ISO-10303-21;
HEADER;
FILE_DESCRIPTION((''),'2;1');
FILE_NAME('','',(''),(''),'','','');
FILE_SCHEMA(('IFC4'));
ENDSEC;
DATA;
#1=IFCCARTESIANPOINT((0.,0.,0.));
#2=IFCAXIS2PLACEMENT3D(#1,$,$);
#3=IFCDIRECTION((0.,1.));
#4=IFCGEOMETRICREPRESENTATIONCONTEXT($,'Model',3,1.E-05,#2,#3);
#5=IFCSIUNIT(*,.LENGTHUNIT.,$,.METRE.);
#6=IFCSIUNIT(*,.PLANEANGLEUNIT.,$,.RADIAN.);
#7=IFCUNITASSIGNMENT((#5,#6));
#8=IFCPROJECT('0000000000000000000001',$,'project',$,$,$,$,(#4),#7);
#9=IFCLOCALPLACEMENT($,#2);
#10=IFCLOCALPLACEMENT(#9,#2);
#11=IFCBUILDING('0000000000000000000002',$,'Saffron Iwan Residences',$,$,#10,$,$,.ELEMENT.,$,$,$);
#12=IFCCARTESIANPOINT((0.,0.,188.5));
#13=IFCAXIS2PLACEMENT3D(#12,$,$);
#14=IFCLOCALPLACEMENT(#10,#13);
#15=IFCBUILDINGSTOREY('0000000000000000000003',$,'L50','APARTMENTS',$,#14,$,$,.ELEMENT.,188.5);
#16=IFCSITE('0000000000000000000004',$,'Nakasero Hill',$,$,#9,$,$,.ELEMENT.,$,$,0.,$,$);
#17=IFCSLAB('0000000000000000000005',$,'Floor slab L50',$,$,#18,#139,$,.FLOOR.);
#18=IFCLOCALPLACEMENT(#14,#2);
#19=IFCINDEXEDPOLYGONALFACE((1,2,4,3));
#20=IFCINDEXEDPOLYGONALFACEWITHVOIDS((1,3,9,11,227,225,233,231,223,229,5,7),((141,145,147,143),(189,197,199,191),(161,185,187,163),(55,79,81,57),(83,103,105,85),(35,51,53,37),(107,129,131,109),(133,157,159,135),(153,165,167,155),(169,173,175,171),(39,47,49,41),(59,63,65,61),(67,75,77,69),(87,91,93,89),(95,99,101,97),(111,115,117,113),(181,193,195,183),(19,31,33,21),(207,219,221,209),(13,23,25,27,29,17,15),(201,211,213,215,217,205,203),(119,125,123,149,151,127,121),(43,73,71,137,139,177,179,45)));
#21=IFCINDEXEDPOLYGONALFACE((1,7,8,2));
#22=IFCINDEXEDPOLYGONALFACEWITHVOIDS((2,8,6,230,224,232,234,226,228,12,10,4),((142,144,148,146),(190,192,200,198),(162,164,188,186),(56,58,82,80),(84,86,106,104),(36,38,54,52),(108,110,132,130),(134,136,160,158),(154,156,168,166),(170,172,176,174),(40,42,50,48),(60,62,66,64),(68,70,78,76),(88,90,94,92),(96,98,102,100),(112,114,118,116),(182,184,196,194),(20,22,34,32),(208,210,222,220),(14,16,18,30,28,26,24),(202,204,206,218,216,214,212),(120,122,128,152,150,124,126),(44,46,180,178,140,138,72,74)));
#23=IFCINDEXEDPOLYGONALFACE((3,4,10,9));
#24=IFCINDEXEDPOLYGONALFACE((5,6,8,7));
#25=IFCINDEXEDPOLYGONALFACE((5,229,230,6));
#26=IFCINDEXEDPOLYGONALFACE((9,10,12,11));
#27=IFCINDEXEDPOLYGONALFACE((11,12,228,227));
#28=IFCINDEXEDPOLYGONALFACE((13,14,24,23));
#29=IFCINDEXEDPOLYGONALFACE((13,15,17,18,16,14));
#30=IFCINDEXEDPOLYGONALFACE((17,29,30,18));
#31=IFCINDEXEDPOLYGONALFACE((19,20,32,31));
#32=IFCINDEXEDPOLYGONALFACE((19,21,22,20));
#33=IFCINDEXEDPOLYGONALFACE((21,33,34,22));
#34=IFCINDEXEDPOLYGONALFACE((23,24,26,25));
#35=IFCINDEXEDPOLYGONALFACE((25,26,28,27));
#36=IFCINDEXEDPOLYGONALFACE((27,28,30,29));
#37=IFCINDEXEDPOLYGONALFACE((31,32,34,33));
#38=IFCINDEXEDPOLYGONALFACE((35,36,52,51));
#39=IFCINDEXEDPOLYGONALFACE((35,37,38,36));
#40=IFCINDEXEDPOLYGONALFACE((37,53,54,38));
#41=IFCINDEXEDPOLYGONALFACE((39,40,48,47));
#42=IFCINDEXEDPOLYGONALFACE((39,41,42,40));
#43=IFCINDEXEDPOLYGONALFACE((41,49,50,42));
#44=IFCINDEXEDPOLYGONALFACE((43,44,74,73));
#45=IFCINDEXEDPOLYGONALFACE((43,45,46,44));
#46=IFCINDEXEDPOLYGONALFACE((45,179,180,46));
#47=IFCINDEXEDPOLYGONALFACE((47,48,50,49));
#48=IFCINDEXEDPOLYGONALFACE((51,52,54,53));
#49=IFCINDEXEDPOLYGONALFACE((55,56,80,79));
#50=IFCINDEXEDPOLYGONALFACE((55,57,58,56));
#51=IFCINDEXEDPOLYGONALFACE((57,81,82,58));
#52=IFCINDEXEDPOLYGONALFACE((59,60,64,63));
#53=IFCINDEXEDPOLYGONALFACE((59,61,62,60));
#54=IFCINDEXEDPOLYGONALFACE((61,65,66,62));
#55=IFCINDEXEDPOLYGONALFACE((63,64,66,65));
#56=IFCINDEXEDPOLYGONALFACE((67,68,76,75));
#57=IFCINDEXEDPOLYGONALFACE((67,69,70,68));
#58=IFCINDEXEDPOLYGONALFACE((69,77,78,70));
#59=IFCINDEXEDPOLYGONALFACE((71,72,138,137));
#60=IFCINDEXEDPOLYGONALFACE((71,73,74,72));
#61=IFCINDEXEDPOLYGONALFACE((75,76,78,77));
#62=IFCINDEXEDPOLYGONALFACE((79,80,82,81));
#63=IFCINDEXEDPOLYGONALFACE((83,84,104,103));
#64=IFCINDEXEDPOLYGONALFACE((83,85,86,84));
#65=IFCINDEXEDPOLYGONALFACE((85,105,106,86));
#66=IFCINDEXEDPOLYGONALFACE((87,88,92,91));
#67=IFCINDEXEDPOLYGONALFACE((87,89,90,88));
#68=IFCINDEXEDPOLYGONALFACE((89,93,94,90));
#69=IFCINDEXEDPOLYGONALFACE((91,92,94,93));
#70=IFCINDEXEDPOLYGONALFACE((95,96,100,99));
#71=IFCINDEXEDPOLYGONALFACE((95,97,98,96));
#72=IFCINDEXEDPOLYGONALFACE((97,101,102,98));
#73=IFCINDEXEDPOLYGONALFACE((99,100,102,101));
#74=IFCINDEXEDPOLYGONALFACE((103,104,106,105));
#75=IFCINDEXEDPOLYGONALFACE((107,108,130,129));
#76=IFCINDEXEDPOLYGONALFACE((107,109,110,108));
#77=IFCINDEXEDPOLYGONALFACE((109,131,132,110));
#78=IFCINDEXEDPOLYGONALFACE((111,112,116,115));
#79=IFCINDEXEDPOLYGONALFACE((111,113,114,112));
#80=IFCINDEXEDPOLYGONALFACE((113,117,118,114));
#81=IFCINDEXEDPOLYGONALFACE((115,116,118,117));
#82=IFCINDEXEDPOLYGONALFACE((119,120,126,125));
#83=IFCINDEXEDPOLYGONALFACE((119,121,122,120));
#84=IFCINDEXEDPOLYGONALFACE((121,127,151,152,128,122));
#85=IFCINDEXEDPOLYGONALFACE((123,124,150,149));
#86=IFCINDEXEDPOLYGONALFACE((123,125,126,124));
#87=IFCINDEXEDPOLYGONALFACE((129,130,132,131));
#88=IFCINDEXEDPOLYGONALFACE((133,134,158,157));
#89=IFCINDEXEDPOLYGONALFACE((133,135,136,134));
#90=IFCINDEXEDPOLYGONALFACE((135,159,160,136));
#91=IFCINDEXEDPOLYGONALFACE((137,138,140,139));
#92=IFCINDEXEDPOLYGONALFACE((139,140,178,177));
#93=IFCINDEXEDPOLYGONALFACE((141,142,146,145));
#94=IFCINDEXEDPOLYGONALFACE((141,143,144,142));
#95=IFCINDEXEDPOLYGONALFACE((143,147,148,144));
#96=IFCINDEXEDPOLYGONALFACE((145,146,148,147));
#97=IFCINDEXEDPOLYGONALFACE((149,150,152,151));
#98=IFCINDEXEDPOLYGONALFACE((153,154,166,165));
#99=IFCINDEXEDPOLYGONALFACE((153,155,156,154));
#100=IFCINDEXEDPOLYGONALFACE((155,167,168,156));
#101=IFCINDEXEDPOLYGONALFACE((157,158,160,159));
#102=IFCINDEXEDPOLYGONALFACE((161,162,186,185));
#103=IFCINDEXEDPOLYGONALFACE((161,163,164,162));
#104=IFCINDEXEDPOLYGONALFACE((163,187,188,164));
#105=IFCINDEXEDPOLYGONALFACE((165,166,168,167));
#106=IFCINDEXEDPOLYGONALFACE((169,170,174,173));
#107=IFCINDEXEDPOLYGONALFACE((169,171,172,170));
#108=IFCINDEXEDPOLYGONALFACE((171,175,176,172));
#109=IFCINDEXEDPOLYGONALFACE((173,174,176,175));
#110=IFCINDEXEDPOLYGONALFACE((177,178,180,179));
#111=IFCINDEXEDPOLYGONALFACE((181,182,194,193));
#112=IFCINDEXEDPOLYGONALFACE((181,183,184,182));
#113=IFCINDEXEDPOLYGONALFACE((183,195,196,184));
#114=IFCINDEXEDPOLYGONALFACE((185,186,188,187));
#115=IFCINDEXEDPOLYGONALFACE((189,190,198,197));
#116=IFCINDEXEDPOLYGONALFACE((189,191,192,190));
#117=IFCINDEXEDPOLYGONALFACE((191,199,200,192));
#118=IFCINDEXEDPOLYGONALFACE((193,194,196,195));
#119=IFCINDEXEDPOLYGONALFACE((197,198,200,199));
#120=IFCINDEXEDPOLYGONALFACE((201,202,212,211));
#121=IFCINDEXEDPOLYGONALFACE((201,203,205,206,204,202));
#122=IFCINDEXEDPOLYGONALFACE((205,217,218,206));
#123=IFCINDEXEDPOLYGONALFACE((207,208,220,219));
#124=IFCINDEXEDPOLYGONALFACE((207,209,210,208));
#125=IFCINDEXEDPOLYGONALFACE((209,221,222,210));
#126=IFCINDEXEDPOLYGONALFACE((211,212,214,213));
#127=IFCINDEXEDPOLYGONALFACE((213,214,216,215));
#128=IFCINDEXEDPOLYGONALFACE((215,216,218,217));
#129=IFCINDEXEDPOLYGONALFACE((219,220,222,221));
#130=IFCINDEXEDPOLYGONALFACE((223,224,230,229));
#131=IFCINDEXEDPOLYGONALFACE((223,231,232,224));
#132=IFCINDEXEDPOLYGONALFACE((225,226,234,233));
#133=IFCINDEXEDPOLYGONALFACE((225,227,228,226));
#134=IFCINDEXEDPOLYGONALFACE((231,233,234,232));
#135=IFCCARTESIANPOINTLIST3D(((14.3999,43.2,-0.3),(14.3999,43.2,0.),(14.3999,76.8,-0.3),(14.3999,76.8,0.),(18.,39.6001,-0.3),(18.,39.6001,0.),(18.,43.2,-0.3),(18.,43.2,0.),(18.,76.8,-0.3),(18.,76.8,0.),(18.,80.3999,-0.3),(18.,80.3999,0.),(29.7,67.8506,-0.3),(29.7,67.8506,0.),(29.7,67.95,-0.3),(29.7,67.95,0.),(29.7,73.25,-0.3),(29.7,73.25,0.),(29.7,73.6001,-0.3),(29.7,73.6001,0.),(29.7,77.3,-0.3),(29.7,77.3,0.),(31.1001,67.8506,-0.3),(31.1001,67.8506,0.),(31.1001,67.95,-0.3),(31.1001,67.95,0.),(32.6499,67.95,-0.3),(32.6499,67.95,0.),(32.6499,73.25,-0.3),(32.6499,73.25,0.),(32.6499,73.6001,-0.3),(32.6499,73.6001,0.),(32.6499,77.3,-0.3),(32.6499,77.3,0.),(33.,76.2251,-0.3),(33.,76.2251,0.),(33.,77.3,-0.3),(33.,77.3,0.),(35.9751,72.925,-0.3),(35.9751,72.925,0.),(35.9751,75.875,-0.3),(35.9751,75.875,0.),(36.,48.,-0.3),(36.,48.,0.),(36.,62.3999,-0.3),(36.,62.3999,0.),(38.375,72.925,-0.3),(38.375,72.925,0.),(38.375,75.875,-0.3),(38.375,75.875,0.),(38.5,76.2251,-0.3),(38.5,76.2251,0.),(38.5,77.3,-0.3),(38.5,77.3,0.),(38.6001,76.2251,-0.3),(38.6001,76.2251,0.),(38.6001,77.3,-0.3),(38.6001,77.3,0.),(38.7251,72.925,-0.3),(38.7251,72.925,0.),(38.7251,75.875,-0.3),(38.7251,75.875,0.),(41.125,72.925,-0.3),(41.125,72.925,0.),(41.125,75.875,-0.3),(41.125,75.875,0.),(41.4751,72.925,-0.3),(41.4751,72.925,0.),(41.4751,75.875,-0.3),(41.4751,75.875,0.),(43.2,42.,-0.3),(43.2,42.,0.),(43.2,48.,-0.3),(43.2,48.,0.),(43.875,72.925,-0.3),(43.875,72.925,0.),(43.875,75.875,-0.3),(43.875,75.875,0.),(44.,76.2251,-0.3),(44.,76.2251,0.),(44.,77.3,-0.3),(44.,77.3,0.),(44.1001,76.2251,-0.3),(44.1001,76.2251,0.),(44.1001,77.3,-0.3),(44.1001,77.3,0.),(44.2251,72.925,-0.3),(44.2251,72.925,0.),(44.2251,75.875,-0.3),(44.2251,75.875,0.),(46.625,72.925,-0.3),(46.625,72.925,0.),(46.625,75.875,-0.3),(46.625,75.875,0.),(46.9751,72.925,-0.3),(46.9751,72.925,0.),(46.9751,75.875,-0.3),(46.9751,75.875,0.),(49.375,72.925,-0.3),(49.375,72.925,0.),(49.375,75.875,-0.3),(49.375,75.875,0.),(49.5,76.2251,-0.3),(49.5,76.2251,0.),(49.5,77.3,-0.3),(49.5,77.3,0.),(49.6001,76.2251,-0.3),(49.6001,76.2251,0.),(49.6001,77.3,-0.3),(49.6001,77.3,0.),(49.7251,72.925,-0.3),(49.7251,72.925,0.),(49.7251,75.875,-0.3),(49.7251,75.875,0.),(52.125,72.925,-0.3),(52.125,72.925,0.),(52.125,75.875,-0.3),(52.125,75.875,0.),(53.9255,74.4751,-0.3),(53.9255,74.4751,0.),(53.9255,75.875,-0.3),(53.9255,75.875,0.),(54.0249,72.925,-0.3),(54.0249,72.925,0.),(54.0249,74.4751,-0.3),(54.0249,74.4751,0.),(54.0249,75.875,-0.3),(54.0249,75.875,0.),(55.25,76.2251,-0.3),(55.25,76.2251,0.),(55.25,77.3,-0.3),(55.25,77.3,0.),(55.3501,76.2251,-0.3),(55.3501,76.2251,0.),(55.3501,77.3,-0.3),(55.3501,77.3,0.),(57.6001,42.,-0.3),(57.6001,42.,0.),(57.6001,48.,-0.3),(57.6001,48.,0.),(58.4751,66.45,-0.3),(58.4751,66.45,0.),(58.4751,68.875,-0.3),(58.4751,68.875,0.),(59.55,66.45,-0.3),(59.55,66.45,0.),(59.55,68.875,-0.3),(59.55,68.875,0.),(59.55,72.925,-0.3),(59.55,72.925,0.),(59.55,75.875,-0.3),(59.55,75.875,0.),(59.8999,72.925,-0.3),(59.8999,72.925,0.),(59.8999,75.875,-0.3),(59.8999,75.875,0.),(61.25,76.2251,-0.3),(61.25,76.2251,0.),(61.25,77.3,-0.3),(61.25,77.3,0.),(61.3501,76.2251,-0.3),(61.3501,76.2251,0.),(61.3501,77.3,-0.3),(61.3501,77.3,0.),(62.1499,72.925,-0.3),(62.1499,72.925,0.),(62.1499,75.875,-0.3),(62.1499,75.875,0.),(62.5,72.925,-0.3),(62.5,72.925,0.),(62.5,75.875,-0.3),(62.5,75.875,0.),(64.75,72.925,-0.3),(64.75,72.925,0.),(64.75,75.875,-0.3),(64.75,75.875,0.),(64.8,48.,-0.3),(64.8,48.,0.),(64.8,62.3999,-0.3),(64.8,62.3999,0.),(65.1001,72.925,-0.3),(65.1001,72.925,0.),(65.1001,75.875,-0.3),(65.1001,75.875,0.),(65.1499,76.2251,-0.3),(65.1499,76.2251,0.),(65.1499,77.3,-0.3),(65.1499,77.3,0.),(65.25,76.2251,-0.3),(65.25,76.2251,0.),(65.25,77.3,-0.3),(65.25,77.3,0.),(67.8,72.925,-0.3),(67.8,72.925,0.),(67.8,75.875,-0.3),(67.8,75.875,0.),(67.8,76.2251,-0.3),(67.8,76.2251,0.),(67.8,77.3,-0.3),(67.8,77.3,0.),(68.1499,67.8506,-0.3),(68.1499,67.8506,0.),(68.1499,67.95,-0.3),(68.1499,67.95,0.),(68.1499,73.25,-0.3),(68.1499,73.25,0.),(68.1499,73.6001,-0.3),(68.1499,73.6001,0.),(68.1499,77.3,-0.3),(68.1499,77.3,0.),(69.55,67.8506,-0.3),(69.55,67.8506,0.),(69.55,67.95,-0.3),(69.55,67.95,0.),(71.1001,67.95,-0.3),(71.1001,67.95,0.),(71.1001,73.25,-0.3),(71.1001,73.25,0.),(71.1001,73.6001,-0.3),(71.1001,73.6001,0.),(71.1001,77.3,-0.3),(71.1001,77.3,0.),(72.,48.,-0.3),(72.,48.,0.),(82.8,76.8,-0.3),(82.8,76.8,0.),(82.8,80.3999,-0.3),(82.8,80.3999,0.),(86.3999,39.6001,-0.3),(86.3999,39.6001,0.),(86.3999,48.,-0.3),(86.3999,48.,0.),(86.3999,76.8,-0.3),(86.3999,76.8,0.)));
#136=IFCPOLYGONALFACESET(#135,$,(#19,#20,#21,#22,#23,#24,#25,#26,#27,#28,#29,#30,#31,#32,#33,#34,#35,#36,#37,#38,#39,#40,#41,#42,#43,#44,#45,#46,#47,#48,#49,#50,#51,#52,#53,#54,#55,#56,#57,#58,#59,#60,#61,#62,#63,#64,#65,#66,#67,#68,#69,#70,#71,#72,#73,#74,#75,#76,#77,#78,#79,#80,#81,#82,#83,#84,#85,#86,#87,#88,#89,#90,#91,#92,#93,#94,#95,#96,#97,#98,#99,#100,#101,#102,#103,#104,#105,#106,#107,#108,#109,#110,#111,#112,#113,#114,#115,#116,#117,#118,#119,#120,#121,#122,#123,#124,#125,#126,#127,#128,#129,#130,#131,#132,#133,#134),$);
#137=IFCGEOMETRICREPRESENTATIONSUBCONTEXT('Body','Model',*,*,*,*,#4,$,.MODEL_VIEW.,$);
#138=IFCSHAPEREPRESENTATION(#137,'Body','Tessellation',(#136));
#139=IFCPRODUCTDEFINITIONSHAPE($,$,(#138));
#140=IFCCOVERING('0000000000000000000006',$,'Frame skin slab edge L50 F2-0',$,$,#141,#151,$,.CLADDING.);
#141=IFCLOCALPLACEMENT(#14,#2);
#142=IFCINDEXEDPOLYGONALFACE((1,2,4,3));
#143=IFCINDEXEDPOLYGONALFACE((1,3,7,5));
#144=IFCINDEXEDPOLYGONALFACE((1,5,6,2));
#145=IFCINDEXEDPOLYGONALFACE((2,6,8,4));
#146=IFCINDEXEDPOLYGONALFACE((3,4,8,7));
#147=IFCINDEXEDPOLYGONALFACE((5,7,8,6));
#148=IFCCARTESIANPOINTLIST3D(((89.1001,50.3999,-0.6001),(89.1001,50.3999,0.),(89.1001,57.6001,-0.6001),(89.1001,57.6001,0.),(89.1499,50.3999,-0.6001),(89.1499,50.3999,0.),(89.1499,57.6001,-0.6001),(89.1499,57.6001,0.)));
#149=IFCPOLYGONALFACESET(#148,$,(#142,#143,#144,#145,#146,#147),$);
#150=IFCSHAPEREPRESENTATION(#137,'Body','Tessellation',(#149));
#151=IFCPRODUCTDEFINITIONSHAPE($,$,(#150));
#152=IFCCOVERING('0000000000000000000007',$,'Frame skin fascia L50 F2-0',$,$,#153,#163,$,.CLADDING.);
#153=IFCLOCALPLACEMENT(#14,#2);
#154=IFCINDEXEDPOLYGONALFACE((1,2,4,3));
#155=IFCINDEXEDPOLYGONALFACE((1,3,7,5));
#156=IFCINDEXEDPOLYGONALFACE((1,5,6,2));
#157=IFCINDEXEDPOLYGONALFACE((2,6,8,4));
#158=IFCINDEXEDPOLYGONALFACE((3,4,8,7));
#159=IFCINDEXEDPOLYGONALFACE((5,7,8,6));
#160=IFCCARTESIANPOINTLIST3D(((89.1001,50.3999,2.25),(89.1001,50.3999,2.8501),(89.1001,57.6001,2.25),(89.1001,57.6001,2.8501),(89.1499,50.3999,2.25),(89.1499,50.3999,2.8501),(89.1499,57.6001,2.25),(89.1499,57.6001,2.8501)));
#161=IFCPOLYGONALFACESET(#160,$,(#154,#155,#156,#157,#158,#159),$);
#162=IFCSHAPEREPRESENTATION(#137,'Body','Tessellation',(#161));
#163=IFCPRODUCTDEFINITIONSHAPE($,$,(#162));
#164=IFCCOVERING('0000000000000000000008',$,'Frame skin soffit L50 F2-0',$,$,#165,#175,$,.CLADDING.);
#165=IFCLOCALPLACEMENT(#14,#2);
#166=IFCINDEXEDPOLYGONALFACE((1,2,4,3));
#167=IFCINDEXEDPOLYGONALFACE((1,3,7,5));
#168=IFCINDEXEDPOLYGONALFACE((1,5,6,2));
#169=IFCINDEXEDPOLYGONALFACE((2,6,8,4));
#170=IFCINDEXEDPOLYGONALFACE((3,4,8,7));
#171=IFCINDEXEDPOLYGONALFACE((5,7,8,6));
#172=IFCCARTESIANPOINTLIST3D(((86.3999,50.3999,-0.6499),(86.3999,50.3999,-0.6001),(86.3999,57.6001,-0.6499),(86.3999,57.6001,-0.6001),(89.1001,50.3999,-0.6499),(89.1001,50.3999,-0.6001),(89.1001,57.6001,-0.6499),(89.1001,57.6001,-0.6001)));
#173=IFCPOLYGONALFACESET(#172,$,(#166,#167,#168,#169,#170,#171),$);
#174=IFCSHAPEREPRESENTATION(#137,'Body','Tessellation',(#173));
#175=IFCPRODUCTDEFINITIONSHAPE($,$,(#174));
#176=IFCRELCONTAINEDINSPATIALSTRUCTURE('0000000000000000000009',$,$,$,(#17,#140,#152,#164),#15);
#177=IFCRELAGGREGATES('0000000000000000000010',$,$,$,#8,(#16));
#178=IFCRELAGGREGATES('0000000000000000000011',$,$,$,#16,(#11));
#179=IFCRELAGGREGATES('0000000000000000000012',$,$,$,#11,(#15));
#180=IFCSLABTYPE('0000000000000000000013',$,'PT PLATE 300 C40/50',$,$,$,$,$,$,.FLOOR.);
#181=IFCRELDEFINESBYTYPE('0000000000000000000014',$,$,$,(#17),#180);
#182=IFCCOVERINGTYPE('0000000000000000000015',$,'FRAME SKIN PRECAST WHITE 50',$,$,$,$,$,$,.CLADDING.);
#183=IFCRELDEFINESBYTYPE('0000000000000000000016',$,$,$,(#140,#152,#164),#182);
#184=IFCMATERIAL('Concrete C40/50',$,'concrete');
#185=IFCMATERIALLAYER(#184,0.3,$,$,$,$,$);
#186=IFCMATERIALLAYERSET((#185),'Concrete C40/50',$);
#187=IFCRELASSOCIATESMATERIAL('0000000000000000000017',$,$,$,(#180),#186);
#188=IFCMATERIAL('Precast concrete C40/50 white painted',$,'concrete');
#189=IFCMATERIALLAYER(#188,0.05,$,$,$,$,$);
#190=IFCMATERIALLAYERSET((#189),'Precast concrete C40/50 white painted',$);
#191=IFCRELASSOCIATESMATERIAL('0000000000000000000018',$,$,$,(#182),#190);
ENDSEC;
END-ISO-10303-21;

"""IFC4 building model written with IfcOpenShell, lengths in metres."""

from ifc_helpers import new_model, si_unit, direction, frame, origin, place, context, subcontext, project, spatial, polyline, outline, extrude, material, layer, layer_set, type_object, element, save


model = new_model("IFC4")

# Units and contexts
model_context = context("Model", 3, precision=1e-05, world=origin(), true_north=direction((0.0, 1.0)))
body_context = subcontext(model_context, "Body", "Model", "MODEL_VIEW")
ifc_project = project(units=[si_unit("LENGTHUNIT", "METRE"), si_unit("PLANEANGLEUNIT", "RADIAN")], contexts=[model_context])

# Site, building, storey
site_placement = place(None, origin())
site = spatial("IfcSite", under=ifc_project, at=site_placement, Name="Nakasero Hill", CompositionType="ELEMENT", RefElevation=0.0)
building_placement = place(site_placement, origin())
building = spatial("IfcBuilding", under=site, at=building_placement, Name="Saffron Iwan Residences", CompositionType="ELEMENT")
storey_placement = place(building_placement, frame((0.0, 0.0, 188.5)))
storey = spatial("IfcBuildingStorey", under=building, at=storey_placement, Name="L50", Description="APARTMENTS", CompositionType="ELEMENT", Elevation=188.5)

# Slab
ifc_material_1 = material(Name="Concrete C40/50", Category="concrete")
ifc_layer_1 = layer(ifc_material_1, 0.3)
ifc_layer_set_1 = layer_set([ifc_layer_1], Name="Concrete C40/50")
slab_type_1 = type_object("IfcSlabType", Name="PT PLATE 300 C40/50", PredefinedType="FLOOR", material=ifc_layer_set_1)
slab_1_placement = place(storey_placement, frame((0.0, 0.0, -0.3)))
element("IfcSlab", 1, at=slab_1_placement, inside=storey, type_object=slab_type_1, Name="Floor slab L50", PredefinedType="FLOOR", context=body_context, shape_type="SweptSolid", body=[
    extrude(outline(polyline([(14.3999, 43.2), (14.3999, 76.8), (18.0, 76.8), (18.0, 80.3999), (82.8, 80.3999), (82.8, 76.8), (86.3999, 76.8), (86.3999, 48.0), (72.0, 48.0), (86.3999, 39.6001), (18.0, 39.6001), (18.0, 43.2), (14.3999, 43.2)]), holes=[polyline([(64.8, 48.0), (64.8, 62.3999), (36.0, 62.3999), (36.0, 48.0), (43.2, 48.0), (43.2, 42.0), (57.6001, 42.0), (57.6001, 48.0), (64.8, 48.0)]), polyline([(29.7, 73.25), (29.7, 67.95), (29.7, 67.8506), (31.1001, 67.8506), (31.1001, 67.95), (32.6499, 67.95), (32.6499, 73.25), (29.7, 73.25)]), polyline([(38.375, 75.875), (35.9751, 75.875), (35.9751, 72.925), (38.375, 72.925), (38.375, 75.875)]), polyline([(41.125, 75.875), (38.7251, 75.875), (38.7251, 72.925), (41.125, 72.925), (41.125, 75.875)]), polyline([(43.875, 72.925), (43.875, 75.875), (41.4751, 75.875), (41.4751, 72.925), (43.875, 72.925)]), polyline([(46.625, 72.925), (46.625, 75.875), (44.2251, 75.875), (44.2251, 72.925), (46.625, 72.925)]), polyline([(49.375, 75.875), (46.9751, 75.875), (46.9751, 72.925), (49.375, 72.925), (49.375, 75.875)]), polyline([(52.125, 72.925), (52.125, 75.875), (49.7251, 75.875), (49.7251, 72.925), (52.125, 72.925)]), polyline([(32.6499, 73.6001), (32.6499, 77.3), (29.7, 77.3), (29.7, 73.6001), (32.6499, 73.6001)]), polyline([(38.5, 77.3), (33.0, 77.3), (33.0, 76.2251), (38.5, 76.2251), (38.5, 77.3)]), polyline([(44.0, 76.2251), (44.0, 77.3), (38.6001, 77.3), (38.6001, 76.2251), (44.0, 76.2251)]), polyline([(49.5, 76.2251), (49.5, 77.3), (44.1001, 77.3), (44.1001, 76.2251), (49.5, 76.2251)]), polyline([(59.55, 68.875), (58.4751, 68.875), (58.4751, 66.45), (59.55, 66.45), (59.55, 68.875)]), polyline([(68.1499, 73.25), (68.1499, 67.95), (68.1499, 67.8506), (69.55, 67.8506), (69.55, 67.95), (71.1001, 67.95), (71.1001, 73.25), (68.1499, 73.25)]), polyline([(54.0249, 74.4751), (54.0249, 72.925), (59.55, 72.925), (59.55, 75.875), (54.0249, 75.875), (53.9255, 75.875), (53.9255, 74.4751), (54.0249, 74.4751)]), polyline([(62.1499, 72.925), (62.1499, 75.875), (59.8999, 75.875), (59.8999, 72.925), (62.1499, 72.925)]), polyline([(64.75, 72.925), (64.75, 75.875), (62.5, 75.875), (62.5, 72.925), (64.75, 72.925)]), polyline([(67.8, 75.875), (65.1001, 75.875), (65.1001, 72.925), (67.8, 72.925), (67.8, 75.875)]), polyline([(71.1001, 73.6001), (71.1001, 77.3), (68.1499, 77.3), (68.1499, 73.6001), (71.1001, 73.6001)]), polyline([(55.25, 76.2251), (55.25, 77.3), (49.6001, 77.3), (49.6001, 76.2251), (55.25, 76.2251)]), polyline([(61.25, 77.3), (55.3501, 77.3), (55.3501, 76.2251), (61.25, 76.2251), (61.25, 77.3)]), polyline([(65.1499, 76.2251), (65.1499, 77.3), (61.3501, 77.3), (61.3501, 76.2251), (65.1499, 76.2251)]), polyline([(67.8, 76.2251), (67.8, 77.3), (65.25, 77.3), (65.25, 76.2251), (67.8, 76.2251)])]), origin(), (0.0, 0.0, 1.0), 0.3),
])

# Coverings
ifc_material_2 = material(Name="Precast concrete C40/50 white painted", Category="concrete")
ifc_layer_2 = layer(ifc_material_2, 0.05)
ifc_layer_set_2 = layer_set([ifc_layer_2], Name="Precast concrete C40/50 white painted")
covering_type_1 = type_object("IfcCoveringType", Name="FRAME SKIN PRECAST WHITE 50", PredefinedType="CLADDING", material=ifc_layer_set_2)
for number, where, name in (
    (2, (0.0, 0.0, -0.6001), "Frame skin slab edge L50 F2-0"),
    (3, (0.0, 0.0, 2.25), "Frame skin fascia L50 F2-0"),
):
    element("IfcCovering", number, at=place(storey_placement, frame(where)), inside=storey, type_object=covering_type_1, Name=name, PredefinedType="CLADDING", context=body_context, shape_type="SweptSolid", body=[
        extrude(outline(polyline([(89.1499, 50.3999), (89.1499, 57.6001), (89.1001, 57.6001), (89.1001, 50.3999), (89.1499, 50.3999)])), origin(), (0.0, 0.0, 1.0), 0.6001),
    ])
covering_1_placement = place(storey_placement, frame((0.0, 0.0, -0.6499)))
element("IfcCovering", 4, at=covering_1_placement, inside=storey, type_object=covering_type_1, Name="Frame skin soffit L50 F2-0", PredefinedType="CLADDING", context=body_context, shape_type="SweptSolid", body=[
    extrude(outline(polyline([(89.1001, 50.3999), (89.1001, 57.6001), (86.3999, 57.6001), (86.3999, 50.3999), (89.1001, 50.3999)])), origin(), (0.0, 0.0, 1.0), 0.0498),
])

save(model, "model.ifc")
